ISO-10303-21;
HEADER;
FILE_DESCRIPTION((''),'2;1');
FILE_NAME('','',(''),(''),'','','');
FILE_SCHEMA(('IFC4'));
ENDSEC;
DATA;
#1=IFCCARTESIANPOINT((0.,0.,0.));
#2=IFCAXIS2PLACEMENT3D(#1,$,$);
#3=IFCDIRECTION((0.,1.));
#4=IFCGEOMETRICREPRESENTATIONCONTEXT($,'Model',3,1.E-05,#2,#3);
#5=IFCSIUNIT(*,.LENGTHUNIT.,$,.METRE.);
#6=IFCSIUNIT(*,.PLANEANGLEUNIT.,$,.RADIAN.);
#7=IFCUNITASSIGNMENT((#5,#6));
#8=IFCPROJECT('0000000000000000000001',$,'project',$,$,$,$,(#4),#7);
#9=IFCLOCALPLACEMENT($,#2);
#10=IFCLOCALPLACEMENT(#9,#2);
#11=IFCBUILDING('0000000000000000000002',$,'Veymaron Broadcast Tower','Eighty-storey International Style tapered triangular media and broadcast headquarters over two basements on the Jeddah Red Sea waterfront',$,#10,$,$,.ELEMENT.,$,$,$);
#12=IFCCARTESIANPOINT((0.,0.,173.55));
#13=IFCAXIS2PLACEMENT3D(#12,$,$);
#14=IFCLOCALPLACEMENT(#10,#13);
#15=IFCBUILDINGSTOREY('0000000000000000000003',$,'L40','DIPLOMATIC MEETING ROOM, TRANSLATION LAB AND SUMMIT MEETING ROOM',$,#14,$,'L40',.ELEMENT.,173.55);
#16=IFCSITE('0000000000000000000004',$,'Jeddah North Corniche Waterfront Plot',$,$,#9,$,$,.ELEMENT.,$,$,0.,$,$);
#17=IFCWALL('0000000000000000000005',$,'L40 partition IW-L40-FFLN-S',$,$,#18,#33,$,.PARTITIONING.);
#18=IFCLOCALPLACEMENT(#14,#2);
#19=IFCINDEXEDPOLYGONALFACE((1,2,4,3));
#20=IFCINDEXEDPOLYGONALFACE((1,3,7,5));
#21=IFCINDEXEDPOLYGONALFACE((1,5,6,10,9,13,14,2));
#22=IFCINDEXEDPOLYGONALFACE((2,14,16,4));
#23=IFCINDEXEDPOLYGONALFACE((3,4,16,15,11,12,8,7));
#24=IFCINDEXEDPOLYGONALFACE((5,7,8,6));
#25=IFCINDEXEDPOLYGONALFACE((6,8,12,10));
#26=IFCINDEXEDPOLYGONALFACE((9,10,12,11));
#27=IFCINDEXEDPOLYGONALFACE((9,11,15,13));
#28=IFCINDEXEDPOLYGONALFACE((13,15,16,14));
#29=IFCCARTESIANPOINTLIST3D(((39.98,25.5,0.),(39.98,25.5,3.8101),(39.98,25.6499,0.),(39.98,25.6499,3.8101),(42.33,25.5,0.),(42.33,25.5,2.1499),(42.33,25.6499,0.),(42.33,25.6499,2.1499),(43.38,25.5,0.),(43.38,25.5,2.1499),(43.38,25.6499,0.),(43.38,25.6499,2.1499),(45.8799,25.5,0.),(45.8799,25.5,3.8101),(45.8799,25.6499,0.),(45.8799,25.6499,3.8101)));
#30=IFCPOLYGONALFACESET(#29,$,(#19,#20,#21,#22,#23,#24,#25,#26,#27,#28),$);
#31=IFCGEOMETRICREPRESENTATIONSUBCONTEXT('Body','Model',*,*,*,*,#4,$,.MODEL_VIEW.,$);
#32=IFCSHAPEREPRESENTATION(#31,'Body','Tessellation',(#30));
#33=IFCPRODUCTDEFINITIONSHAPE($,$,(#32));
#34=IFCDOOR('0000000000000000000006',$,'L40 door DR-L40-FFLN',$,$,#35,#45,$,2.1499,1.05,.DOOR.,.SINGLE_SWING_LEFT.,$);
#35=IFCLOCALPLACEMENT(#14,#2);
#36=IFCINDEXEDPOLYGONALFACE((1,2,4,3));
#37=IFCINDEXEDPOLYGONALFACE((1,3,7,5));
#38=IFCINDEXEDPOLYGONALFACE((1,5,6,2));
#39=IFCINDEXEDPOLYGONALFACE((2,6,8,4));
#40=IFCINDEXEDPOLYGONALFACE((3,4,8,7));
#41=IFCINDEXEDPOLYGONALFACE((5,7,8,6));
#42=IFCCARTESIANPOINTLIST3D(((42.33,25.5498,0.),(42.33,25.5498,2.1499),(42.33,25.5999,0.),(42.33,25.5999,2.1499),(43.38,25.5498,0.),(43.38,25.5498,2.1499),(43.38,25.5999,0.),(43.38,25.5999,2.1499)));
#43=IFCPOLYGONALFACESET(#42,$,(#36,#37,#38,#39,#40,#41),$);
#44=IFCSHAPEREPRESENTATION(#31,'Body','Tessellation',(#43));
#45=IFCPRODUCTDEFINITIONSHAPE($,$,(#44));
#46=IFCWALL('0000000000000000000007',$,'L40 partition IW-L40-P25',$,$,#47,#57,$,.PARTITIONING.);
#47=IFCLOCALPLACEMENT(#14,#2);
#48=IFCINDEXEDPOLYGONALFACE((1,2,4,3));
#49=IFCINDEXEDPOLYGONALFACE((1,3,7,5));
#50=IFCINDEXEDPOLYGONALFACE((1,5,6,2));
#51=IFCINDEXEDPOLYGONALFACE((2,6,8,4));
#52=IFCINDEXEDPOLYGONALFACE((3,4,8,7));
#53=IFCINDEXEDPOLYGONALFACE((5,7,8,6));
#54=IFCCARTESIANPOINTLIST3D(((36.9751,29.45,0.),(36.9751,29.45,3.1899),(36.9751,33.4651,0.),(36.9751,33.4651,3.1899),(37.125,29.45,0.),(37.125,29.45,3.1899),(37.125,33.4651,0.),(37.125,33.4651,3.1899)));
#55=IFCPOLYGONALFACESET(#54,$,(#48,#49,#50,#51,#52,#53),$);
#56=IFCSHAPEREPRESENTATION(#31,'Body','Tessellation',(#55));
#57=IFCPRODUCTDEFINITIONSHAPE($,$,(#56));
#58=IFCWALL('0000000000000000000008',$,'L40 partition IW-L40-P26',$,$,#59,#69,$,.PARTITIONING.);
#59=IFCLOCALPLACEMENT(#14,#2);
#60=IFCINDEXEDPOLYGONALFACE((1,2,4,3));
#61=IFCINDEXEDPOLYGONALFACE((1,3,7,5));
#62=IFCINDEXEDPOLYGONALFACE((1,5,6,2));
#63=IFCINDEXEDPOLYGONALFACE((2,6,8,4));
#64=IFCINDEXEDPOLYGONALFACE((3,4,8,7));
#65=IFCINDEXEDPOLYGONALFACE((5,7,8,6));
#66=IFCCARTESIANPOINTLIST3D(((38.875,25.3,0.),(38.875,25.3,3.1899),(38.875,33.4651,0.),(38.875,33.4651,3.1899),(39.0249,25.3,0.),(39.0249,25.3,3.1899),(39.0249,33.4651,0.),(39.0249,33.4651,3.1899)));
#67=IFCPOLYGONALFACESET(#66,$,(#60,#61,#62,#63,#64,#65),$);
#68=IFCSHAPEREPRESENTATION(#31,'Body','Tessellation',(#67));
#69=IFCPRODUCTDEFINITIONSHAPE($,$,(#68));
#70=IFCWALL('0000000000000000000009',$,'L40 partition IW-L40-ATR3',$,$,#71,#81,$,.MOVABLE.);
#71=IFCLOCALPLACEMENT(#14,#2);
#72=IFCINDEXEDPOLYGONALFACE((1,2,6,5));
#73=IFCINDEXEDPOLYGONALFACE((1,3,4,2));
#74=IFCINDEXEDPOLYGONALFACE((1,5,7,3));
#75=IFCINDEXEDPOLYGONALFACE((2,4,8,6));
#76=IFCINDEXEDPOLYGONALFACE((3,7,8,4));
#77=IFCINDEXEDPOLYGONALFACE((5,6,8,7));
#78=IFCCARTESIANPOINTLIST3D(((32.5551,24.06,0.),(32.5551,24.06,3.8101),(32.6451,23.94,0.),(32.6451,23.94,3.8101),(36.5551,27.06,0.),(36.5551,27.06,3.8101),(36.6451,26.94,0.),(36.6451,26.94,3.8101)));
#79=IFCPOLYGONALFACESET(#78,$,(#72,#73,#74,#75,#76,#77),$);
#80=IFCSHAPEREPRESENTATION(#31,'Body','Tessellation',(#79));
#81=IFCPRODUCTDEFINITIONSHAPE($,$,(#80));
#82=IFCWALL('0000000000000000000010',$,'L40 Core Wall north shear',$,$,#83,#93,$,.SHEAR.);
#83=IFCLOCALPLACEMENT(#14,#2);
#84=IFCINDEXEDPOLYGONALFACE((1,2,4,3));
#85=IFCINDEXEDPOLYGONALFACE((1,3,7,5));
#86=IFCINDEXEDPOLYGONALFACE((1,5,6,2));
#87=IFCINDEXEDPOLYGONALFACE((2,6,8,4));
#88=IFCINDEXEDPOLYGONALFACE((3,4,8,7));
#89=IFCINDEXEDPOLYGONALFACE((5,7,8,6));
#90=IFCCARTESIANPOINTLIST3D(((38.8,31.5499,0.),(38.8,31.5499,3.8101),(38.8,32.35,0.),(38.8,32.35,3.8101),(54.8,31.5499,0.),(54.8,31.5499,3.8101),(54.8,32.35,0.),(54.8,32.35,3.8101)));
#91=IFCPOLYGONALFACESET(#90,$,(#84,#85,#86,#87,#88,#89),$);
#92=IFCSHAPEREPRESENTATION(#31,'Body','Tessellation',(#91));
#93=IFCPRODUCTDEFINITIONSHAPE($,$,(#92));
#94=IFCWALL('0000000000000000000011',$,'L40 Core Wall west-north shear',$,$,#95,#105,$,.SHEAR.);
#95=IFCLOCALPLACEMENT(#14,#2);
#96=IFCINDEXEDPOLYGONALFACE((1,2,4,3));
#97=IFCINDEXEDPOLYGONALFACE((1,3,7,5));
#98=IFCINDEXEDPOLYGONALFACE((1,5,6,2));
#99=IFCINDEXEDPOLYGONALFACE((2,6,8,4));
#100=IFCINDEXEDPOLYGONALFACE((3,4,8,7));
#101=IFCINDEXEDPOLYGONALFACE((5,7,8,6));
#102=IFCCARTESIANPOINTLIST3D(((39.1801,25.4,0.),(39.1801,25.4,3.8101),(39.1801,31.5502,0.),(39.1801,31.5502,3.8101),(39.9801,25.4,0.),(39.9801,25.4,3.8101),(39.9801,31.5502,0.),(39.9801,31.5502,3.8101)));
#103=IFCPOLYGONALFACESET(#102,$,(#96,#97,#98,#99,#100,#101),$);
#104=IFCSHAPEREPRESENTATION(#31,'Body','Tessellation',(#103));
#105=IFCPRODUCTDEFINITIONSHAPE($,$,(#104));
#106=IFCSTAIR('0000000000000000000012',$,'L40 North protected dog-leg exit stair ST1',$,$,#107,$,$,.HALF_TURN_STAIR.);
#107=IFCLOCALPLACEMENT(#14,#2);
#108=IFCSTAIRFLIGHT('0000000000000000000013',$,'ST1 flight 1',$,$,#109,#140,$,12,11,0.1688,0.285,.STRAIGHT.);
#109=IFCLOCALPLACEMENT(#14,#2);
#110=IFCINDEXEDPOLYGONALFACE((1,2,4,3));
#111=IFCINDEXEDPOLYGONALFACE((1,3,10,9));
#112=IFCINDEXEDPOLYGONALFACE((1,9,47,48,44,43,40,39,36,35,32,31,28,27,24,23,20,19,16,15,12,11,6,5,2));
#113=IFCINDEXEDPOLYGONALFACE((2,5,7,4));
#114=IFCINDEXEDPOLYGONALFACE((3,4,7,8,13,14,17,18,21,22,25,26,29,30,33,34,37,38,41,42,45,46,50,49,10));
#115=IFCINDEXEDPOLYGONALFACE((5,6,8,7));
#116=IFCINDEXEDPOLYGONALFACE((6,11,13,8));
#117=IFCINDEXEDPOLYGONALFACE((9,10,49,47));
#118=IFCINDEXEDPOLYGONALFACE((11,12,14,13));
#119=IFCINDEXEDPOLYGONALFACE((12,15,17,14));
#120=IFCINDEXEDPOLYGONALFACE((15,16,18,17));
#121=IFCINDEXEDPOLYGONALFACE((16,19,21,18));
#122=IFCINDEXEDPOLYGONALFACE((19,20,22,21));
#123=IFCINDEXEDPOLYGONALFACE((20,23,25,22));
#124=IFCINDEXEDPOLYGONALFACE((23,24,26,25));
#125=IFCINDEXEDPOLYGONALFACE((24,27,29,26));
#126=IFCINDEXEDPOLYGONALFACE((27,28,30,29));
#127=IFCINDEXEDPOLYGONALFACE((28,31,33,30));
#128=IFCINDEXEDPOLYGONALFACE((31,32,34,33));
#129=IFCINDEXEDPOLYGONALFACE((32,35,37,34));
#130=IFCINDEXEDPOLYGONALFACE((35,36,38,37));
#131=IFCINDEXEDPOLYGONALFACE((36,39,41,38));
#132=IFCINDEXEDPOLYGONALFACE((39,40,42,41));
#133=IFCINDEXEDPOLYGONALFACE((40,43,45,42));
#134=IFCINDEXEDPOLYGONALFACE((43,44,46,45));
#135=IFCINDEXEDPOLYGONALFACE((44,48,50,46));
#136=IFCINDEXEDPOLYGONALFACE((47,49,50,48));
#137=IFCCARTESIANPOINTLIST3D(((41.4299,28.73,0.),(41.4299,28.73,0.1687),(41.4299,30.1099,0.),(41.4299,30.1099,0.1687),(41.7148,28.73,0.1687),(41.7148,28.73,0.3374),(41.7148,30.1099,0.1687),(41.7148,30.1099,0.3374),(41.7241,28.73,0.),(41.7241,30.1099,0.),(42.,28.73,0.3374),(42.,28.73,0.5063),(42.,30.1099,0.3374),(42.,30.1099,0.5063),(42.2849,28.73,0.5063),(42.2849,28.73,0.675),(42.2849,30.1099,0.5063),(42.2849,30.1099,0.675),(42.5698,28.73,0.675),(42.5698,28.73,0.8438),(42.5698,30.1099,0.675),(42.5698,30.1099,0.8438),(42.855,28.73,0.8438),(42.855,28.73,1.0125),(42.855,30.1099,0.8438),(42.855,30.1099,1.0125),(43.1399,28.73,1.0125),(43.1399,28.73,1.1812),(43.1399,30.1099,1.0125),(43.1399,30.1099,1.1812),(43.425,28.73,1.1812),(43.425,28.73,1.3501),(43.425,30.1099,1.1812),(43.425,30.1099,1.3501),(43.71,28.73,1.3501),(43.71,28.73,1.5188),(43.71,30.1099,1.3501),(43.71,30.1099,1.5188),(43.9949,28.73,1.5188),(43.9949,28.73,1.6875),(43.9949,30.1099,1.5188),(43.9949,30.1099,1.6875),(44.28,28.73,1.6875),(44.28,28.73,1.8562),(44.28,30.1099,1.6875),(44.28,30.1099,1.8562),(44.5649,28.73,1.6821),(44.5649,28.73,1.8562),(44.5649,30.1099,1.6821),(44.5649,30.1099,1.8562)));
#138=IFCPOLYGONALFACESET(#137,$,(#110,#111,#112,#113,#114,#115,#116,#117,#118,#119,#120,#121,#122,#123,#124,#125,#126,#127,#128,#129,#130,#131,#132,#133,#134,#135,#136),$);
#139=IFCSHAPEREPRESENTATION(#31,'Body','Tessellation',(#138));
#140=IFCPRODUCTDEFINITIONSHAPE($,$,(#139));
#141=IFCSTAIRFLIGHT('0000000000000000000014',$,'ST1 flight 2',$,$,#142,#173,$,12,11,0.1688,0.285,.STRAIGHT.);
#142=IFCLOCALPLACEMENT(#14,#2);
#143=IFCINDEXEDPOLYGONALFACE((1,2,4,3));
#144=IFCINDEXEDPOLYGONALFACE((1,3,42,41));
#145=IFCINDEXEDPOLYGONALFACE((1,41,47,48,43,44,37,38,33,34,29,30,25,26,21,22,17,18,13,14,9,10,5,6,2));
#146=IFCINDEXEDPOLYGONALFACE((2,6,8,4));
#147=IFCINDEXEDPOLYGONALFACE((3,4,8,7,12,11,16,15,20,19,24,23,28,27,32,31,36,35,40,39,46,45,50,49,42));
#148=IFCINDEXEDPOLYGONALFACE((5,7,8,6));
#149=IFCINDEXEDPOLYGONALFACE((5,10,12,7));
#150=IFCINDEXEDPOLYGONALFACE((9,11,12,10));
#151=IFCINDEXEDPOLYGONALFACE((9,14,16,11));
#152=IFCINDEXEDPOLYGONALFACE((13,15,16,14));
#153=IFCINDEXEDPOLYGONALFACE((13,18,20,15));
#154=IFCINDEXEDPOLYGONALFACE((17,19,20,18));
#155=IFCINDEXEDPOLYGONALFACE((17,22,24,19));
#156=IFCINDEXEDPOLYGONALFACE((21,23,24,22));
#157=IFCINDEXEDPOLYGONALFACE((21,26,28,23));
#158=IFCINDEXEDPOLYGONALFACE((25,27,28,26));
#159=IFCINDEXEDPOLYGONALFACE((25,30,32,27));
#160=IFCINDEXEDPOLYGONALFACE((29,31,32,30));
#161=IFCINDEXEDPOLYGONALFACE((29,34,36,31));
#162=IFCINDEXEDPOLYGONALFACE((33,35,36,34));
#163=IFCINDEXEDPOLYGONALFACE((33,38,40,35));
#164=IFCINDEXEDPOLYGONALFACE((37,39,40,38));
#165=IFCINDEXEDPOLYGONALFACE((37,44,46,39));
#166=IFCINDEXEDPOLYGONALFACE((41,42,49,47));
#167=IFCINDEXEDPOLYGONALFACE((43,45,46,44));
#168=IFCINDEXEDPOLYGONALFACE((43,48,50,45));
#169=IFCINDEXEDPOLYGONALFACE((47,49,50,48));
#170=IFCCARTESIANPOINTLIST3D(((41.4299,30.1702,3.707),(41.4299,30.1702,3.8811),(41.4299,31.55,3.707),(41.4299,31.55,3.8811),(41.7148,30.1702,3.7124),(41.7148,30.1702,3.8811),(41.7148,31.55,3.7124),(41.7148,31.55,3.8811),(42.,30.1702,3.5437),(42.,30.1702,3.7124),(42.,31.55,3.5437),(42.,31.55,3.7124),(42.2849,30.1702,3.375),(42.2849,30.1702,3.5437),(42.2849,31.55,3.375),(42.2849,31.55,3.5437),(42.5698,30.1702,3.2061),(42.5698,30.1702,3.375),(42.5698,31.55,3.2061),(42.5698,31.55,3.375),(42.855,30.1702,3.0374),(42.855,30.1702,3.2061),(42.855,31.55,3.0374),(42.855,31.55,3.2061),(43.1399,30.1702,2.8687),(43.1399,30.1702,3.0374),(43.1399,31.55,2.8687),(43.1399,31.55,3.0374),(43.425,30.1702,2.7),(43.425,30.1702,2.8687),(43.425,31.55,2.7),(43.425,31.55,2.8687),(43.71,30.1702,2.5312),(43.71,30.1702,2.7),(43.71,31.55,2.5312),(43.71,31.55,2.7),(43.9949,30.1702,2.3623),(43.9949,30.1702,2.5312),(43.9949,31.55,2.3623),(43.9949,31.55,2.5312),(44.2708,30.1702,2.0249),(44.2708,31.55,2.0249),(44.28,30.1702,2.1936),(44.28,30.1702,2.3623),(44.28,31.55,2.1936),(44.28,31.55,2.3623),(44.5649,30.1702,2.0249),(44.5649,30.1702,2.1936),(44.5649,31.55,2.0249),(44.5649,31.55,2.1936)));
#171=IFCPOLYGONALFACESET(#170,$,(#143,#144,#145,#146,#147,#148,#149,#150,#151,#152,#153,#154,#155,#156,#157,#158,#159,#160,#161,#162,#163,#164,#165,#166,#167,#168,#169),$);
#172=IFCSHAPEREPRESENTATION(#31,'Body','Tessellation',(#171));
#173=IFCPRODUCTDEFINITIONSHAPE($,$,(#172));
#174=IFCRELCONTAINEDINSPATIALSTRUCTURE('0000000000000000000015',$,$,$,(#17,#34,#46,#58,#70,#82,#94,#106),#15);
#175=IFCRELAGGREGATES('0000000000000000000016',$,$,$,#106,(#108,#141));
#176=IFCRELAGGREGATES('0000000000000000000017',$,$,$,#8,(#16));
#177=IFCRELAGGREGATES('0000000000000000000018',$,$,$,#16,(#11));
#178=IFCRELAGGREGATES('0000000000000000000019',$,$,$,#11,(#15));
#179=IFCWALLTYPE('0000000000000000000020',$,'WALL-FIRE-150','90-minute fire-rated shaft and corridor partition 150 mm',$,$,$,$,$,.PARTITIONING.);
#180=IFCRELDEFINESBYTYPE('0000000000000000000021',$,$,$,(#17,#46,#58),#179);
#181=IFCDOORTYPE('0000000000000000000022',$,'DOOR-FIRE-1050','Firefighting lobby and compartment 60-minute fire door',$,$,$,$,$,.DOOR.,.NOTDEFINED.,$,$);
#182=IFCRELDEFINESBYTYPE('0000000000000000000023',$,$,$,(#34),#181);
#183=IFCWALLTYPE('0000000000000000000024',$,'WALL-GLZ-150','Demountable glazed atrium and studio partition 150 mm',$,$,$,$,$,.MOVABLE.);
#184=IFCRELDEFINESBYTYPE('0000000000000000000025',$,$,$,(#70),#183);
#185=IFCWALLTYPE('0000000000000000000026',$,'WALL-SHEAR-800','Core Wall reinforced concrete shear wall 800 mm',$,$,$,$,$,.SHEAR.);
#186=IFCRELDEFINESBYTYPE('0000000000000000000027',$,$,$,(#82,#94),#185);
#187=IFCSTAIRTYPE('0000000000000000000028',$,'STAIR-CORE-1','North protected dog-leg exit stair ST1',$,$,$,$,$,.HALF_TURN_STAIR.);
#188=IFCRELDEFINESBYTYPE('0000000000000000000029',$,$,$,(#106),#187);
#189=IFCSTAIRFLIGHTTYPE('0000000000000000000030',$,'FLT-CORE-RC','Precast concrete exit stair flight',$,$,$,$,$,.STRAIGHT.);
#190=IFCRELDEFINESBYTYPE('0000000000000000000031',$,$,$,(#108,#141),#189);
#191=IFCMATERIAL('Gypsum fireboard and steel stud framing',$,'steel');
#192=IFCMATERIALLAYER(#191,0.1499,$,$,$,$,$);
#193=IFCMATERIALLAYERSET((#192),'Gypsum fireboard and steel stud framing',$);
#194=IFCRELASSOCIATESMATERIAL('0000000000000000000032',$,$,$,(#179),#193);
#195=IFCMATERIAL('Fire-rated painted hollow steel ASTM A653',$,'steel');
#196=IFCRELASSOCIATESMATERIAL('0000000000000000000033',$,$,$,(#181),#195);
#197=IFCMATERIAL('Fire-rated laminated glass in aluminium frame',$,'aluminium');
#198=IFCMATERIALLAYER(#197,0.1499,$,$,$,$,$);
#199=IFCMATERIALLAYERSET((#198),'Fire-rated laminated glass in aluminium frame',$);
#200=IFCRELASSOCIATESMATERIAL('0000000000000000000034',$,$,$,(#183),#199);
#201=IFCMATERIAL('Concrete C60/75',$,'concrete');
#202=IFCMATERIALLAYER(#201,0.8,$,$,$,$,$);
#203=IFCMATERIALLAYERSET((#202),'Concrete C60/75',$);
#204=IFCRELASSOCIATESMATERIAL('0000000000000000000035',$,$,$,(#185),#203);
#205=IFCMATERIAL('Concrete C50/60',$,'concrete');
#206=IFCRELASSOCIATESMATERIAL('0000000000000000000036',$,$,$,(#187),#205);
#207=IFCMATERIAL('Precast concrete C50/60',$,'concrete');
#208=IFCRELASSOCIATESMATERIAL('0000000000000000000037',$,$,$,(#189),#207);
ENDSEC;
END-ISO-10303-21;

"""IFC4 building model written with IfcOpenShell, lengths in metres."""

from ifc_helpers import new_model, si_unit, direction, frame, frame_2d, origin, place, context, subcontext, project, spatial, polyline, rectangle, outline, extrude, material, layer, layer_set, type_object, element, fill, aggregate, save


model = new_model("IFC4")

# Units and contexts
model_context = context("Model", 3, precision=1e-05, world=origin(), true_north=direction((0.0, 1.0)))
body_context = subcontext(model_context, "Body", "Model", "MODEL_VIEW")
ifc_project = project(units=[si_unit("LENGTHUNIT", "METRE"), si_unit("PLANEANGLEUNIT", "RADIAN")], contexts=[model_context])

# Site, building, storey
site_placement = place(None, origin())
site = spatial("IfcSite", under=ifc_project, at=site_placement, Name="Jeddah North Corniche Waterfront Plot", CompositionType="ELEMENT", RefElevation=0.0)
building_placement = place(site_placement, origin())
building = spatial("IfcBuilding", under=site, at=building_placement, Name="Veymaron Broadcast Tower", Description="Eighty-storey International Style tapered triangular media and broadcast headquarters over two basements on the Jeddah Red Sea waterfront", CompositionType="ELEMENT")
storey_placement = place(building_placement, frame((0.0, 0.0, 173.55)))
storey = spatial("IfcBuildingStorey", under=building, at=storey_placement, Name="L40", Description="DIPLOMATIC MEETING ROOM, TRANSLATION LAB AND SUMMIT MEETING ROOM", LongName="L40", CompositionType="ELEMENT", Elevation=173.55)

# Wall, opening, door
ifc_material_1 = material(Name="Gypsum fireboard and steel stud framing", Category="steel")
ifc_layer_1 = layer(ifc_material_1, 0.1499)
ifc_layer_set_1 = layer_set([ifc_layer_1], Name="Gypsum fireboard and steel stud framing")
wall_type_1 = type_object("IfcWallType", Name="WALL-FIRE-150", Description="90-minute fire-rated shaft and corridor partition 150 mm", PredefinedType="PARTITIONING", material=ifc_layer_set_1)
wall_1_placement = place(storey_placement, frame((39.98, 25.575, 0.0), z_axis=(0.0, 0.0, 1.0), x_axis=(1.0, 0.0, 0.0)))
wall_1 = element("IfcWall", 1, at=wall_1_placement, inside=storey, type_object=wall_type_1, Name="L40 partition IW-L40-FFLN-S", PredefinedType="PARTITIONING", context=body_context, shape_type="SweptSolid", body=[
    extrude(rectangle(XDim=5.8999, YDim=0.1499, at=frame_2d((2.95, 0.0))), origin(), (0.0, 0.0, 1.0), 3.8101),
])
opening_1_placement = place(wall_1_placement, frame((2.3501, 0.0, 0.0)))
opening_1 = element("IfcOpeningElement", 2, at=opening_1_placement, cuts=wall_1, PredefinedType="OPENING", context=body_context, shape_type="SweptSolid", body=[
    extrude(rectangle(XDim=1.05, YDim=2.1499, at=frame_2d((0.5249, 1.075))), frame((0.0, 0.085, 0.0), z_axis=(0.0, -1.0, 0.0), x_axis=(1.0, 0.0, 0.0)), (0.0, 0.0, 1.0), 0.1699),
])
ifc_material_2 = material(Name="Fire-rated painted hollow steel ASTM A653", Category="steel")
door_type_1 = type_object("IfcDoorType", Name="DOOR-FIRE-1050", Description="Firefighting lobby and compartment 60-minute fire door", OperationType="NOTDEFINED", PredefinedType="DOOR", material=ifc_material_2)
door_1_placement = place(opening_1_placement, origin())
door_1 = element("IfcDoor", 3, at=door_1_placement, inside=storey, type_object=door_type_1, Name="L40 door DR-L40-FFLN", OperationType="SINGLE_SWING_LEFT", OverallHeight=2.1499, OverallWidth=1.05, PredefinedType="DOOR", context=body_context, shape_type="SweptSolid", body=[
    extrude(rectangle(XDim=1.05, YDim=2.1499, at=frame_2d((0.5249, 1.075))), frame((0.0, 0.0249, 0.0), z_axis=(0.0, -1.0, 0.0), x_axis=(1.0, 0.0, 0.0)), (0.0, 0.0, 1.0), 0.05),
])
fill(opening_1, door_1)

# Walls
wall_2_placement = place(storey_placement, frame((37.05, 29.45, 0.0), z_axis=(0.0, 0.0, 1.0), x_axis=(0.0, 1.0, 0.0)))
element("IfcWall", 4, at=wall_2_placement, inside=storey, type_object=wall_type_1, Name="L40 partition IW-L40-P25", PredefinedType="PARTITIONING", context=body_context, shape_type="SweptSolid", body=[
    extrude(rectangle(XDim=4.0151, YDim=0.1499, at=frame_2d((2.0076, 0.0))), origin(), (0.0, 0.0, 1.0), 3.1899),
])
wall_3_placement = place(storey_placement, frame((38.95, 25.3, 0.0), z_axis=(0.0, 0.0, 1.0), x_axis=(0.0, 1.0, 0.0)))
element("IfcWall", 5, at=wall_3_placement, inside=storey, type_object=wall_type_1, Name="L40 partition IW-L40-P26", PredefinedType="PARTITIONING", context=body_context, shape_type="SweptSolid", body=[
    extrude(rectangle(XDim=8.165, YDim=0.1499, at=frame_2d((4.0825, 0.0))), origin(), (0.0, 0.0, 1.0), 3.1899),
])
ifc_material_3 = material(Name="Fire-rated laminated glass in aluminium frame", Category="aluminium")
ifc_layer_2 = layer(ifc_material_3, 0.1499)
ifc_layer_set_2 = layer_set([ifc_layer_2], Name="Fire-rated laminated glass in aluminium frame")
wall_type_2 = type_object("IfcWallType", Name="WALL-GLZ-150", Description="Demountable glazed atrium and studio partition 150 mm", PredefinedType="MOVABLE", material=ifc_layer_set_2)
wall_4_placement = place(storey_placement, frame((36.6001, 27.0, 0.0), z_axis=(0.0, 0.0, 1.0), x_axis=(-0.8, -0.6, 0.0)))
element("IfcWall", 6, at=wall_4_placement, inside=storey, type_object=wall_type_2, Name="L40 partition IW-L40-ATR3", PredefinedType="MOVABLE", context=body_context, shape_type="SweptSolid", body=[
    extrude(rectangle(XDim=5.0, YDim=0.1499, at=frame_2d((2.5, 0.0))), origin(), (0.0, 0.0, 1.0), 3.8101),
])

# Shared definitions
ifc_material_4 = material(Name="Concrete C50/60", Category="concrete")

# Walls
ifc_material_5 = material(Name="Concrete C60/75", Category="concrete")
ifc_layer_3 = layer(ifc_material_5, 0.8)
ifc_layer_set_3 = layer_set([ifc_layer_3], Name="Concrete C60/75")
wall_type_3 = type_object("IfcWallType", Name="WALL-SHEAR-800", Description="Core Wall reinforced concrete shear wall 800 mm", PredefinedType="SHEAR", material=ifc_layer_set_3)
wall_5_placement = place(storey_placement, frame((38.8, 31.95, 0.0), z_axis=(0.0, 0.0, 1.0), x_axis=(1.0, 0.0, 0.0)))
element("IfcWall", 7, at=wall_5_placement, inside=storey, type_object=wall_type_3, Name="L40 Core Wall north shear", PredefinedType="SHEAR", context=body_context, shape_type="SweptSolid", body=[
    extrude(rectangle(XDim=16.0, YDim=0.8, at=frame_2d((8.0, 0.0))), origin(), (0.0, 0.0, 1.0), 3.8101),
])
wall_6_placement = place(storey_placement, frame((39.5801, 25.3999, 0.0), z_axis=(0.0, 0.0, 1.0), x_axis=(0.0, 1.0, 0.0)))
element("IfcWall", 8, at=wall_6_placement, inside=storey, type_object=wall_type_3, Name="L40 Core Wall west-north shear", PredefinedType="SHEAR", context=body_context, shape_type="SweptSolid", body=[
    extrude(rectangle(XDim=6.1501, YDim=0.8, at=frame_2d((3.0752, 0.0))), origin(), (0.0, 0.0, 1.0), 3.8101),
])

# Stair, stair flights
stair_type = type_object("IfcStairType", Name="STAIR-CORE-1", Description="North protected dog-leg exit stair ST1", PredefinedType="HALF_TURN_STAIR", material=ifc_material_4)
stair_placement = place(storey_placement, origin())
stair = element("IfcStair", 9, at=stair_placement, inside=storey, type_object=stair_type, Name="L40 North protected dog-leg exit stair ST1", PredefinedType="HALF_TURN_STAIR")
ifc_material_6 = material(Name="Precast concrete C50/60", Category="concrete")
stair_flight_type = type_object("IfcStairFlightType", Name="FLT-CORE-RC", Description="Precast concrete exit stair flight", PredefinedType="STRAIGHT", material=ifc_material_6)
stair_flight_1_placement = place(storey_placement, frame((41.4299, 29.4199, 0.0), z_axis=(0.0, 0.0, 1.0), x_axis=(1.0, 0.0, 0.0)))
stair_flight_1 = element("IfcStairFlight", 10, at=stair_flight_1_placement, type_object=stair_flight_type, Name="ST1 flight 1", NumberOfRisers=12, NumberOfTreads=11, PredefinedType="STRAIGHT", RiserHeight=0.1688, TreadLength=0.285, context=body_context, shape_type="SweptSolid", body=[
    extrude(outline(polyline([(0.0, 0.0), (0.0, 0.1687), (0.2849, 0.1687), (0.2849, 0.3374), (0.5701, 0.3374), (0.5701, 0.5063), (0.855, 0.5063), (0.855, 0.675), (1.1399, 0.675), (1.1399, 0.8438), (1.425, 0.8438), (1.425, 1.0125), (1.71, 1.0125), (1.71, 1.1812), (1.9951, 1.1812), (1.9951, 1.3501), (2.28, 1.3501), (2.28, 1.5188), (2.5649, 1.5188), (2.5649, 1.6875), (2.8501, 1.6875), (2.8501, 1.8562), (3.135, 1.8562), (3.135, 2.0249), (3.135, 1.6821), (0.2942, 0.0), (0.0, 0.0)])), frame((0.0, 0.6899, 0.0), z_axis=(0.0, -1.0, 0.0), x_axis=(1.0, 0.0, 0.0)), (0.0, 0.0, 1.0), 1.3799),
])
stair_flight_2_placement = place(storey_placement, frame((44.5649, 30.8601, 2.0249), z_axis=(0.0, 0.0, 1.0), x_axis=(-1.0, 0.0, 0.0)))
stair_flight_2 = element("IfcStairFlight", 11, at=stair_flight_2_placement, type_object=stair_flight_type, Name="ST1 flight 2", NumberOfRisers=12, NumberOfTreads=11, PredefinedType="STRAIGHT", RiserHeight=0.1688, TreadLength=0.285, context=body_context, shape_type="SweptSolid", body=[
    extrude(outline(polyline([(0.0, 0.0), (0.0, 0.1687), (0.2849, 0.1687), (0.2849, 0.3374), (0.5701, 0.3374), (0.5701, 0.5063), (0.855, 0.5063), (0.855, 0.675), (1.1399, 0.675), (1.1399, 0.8438), (1.425, 0.8438), (1.425, 1.0125), (1.71, 1.0125), (1.71, 1.1812), (1.9951, 1.1812), (1.9951, 1.3501), (2.28, 1.3501), (2.28, 1.5188), (2.5649, 1.5188), (2.5649, 1.6875), (2.8501, 1.6875), (2.8501, 1.8562), (3.135, 1.8562), (3.135, 2.0249), (3.135, 1.6821), (0.2942, 0.0), (0.0, 0.0)])), frame((0.0, 0.6899, 0.0), z_axis=(0.0, -1.0, 0.0), x_axis=(1.0, 0.0, 0.0)), (0.0, 0.0, 1.0), 1.3799),
])
aggregate(stair, [stair_flight_1, stair_flight_2])

save(model, "model.ifc")
